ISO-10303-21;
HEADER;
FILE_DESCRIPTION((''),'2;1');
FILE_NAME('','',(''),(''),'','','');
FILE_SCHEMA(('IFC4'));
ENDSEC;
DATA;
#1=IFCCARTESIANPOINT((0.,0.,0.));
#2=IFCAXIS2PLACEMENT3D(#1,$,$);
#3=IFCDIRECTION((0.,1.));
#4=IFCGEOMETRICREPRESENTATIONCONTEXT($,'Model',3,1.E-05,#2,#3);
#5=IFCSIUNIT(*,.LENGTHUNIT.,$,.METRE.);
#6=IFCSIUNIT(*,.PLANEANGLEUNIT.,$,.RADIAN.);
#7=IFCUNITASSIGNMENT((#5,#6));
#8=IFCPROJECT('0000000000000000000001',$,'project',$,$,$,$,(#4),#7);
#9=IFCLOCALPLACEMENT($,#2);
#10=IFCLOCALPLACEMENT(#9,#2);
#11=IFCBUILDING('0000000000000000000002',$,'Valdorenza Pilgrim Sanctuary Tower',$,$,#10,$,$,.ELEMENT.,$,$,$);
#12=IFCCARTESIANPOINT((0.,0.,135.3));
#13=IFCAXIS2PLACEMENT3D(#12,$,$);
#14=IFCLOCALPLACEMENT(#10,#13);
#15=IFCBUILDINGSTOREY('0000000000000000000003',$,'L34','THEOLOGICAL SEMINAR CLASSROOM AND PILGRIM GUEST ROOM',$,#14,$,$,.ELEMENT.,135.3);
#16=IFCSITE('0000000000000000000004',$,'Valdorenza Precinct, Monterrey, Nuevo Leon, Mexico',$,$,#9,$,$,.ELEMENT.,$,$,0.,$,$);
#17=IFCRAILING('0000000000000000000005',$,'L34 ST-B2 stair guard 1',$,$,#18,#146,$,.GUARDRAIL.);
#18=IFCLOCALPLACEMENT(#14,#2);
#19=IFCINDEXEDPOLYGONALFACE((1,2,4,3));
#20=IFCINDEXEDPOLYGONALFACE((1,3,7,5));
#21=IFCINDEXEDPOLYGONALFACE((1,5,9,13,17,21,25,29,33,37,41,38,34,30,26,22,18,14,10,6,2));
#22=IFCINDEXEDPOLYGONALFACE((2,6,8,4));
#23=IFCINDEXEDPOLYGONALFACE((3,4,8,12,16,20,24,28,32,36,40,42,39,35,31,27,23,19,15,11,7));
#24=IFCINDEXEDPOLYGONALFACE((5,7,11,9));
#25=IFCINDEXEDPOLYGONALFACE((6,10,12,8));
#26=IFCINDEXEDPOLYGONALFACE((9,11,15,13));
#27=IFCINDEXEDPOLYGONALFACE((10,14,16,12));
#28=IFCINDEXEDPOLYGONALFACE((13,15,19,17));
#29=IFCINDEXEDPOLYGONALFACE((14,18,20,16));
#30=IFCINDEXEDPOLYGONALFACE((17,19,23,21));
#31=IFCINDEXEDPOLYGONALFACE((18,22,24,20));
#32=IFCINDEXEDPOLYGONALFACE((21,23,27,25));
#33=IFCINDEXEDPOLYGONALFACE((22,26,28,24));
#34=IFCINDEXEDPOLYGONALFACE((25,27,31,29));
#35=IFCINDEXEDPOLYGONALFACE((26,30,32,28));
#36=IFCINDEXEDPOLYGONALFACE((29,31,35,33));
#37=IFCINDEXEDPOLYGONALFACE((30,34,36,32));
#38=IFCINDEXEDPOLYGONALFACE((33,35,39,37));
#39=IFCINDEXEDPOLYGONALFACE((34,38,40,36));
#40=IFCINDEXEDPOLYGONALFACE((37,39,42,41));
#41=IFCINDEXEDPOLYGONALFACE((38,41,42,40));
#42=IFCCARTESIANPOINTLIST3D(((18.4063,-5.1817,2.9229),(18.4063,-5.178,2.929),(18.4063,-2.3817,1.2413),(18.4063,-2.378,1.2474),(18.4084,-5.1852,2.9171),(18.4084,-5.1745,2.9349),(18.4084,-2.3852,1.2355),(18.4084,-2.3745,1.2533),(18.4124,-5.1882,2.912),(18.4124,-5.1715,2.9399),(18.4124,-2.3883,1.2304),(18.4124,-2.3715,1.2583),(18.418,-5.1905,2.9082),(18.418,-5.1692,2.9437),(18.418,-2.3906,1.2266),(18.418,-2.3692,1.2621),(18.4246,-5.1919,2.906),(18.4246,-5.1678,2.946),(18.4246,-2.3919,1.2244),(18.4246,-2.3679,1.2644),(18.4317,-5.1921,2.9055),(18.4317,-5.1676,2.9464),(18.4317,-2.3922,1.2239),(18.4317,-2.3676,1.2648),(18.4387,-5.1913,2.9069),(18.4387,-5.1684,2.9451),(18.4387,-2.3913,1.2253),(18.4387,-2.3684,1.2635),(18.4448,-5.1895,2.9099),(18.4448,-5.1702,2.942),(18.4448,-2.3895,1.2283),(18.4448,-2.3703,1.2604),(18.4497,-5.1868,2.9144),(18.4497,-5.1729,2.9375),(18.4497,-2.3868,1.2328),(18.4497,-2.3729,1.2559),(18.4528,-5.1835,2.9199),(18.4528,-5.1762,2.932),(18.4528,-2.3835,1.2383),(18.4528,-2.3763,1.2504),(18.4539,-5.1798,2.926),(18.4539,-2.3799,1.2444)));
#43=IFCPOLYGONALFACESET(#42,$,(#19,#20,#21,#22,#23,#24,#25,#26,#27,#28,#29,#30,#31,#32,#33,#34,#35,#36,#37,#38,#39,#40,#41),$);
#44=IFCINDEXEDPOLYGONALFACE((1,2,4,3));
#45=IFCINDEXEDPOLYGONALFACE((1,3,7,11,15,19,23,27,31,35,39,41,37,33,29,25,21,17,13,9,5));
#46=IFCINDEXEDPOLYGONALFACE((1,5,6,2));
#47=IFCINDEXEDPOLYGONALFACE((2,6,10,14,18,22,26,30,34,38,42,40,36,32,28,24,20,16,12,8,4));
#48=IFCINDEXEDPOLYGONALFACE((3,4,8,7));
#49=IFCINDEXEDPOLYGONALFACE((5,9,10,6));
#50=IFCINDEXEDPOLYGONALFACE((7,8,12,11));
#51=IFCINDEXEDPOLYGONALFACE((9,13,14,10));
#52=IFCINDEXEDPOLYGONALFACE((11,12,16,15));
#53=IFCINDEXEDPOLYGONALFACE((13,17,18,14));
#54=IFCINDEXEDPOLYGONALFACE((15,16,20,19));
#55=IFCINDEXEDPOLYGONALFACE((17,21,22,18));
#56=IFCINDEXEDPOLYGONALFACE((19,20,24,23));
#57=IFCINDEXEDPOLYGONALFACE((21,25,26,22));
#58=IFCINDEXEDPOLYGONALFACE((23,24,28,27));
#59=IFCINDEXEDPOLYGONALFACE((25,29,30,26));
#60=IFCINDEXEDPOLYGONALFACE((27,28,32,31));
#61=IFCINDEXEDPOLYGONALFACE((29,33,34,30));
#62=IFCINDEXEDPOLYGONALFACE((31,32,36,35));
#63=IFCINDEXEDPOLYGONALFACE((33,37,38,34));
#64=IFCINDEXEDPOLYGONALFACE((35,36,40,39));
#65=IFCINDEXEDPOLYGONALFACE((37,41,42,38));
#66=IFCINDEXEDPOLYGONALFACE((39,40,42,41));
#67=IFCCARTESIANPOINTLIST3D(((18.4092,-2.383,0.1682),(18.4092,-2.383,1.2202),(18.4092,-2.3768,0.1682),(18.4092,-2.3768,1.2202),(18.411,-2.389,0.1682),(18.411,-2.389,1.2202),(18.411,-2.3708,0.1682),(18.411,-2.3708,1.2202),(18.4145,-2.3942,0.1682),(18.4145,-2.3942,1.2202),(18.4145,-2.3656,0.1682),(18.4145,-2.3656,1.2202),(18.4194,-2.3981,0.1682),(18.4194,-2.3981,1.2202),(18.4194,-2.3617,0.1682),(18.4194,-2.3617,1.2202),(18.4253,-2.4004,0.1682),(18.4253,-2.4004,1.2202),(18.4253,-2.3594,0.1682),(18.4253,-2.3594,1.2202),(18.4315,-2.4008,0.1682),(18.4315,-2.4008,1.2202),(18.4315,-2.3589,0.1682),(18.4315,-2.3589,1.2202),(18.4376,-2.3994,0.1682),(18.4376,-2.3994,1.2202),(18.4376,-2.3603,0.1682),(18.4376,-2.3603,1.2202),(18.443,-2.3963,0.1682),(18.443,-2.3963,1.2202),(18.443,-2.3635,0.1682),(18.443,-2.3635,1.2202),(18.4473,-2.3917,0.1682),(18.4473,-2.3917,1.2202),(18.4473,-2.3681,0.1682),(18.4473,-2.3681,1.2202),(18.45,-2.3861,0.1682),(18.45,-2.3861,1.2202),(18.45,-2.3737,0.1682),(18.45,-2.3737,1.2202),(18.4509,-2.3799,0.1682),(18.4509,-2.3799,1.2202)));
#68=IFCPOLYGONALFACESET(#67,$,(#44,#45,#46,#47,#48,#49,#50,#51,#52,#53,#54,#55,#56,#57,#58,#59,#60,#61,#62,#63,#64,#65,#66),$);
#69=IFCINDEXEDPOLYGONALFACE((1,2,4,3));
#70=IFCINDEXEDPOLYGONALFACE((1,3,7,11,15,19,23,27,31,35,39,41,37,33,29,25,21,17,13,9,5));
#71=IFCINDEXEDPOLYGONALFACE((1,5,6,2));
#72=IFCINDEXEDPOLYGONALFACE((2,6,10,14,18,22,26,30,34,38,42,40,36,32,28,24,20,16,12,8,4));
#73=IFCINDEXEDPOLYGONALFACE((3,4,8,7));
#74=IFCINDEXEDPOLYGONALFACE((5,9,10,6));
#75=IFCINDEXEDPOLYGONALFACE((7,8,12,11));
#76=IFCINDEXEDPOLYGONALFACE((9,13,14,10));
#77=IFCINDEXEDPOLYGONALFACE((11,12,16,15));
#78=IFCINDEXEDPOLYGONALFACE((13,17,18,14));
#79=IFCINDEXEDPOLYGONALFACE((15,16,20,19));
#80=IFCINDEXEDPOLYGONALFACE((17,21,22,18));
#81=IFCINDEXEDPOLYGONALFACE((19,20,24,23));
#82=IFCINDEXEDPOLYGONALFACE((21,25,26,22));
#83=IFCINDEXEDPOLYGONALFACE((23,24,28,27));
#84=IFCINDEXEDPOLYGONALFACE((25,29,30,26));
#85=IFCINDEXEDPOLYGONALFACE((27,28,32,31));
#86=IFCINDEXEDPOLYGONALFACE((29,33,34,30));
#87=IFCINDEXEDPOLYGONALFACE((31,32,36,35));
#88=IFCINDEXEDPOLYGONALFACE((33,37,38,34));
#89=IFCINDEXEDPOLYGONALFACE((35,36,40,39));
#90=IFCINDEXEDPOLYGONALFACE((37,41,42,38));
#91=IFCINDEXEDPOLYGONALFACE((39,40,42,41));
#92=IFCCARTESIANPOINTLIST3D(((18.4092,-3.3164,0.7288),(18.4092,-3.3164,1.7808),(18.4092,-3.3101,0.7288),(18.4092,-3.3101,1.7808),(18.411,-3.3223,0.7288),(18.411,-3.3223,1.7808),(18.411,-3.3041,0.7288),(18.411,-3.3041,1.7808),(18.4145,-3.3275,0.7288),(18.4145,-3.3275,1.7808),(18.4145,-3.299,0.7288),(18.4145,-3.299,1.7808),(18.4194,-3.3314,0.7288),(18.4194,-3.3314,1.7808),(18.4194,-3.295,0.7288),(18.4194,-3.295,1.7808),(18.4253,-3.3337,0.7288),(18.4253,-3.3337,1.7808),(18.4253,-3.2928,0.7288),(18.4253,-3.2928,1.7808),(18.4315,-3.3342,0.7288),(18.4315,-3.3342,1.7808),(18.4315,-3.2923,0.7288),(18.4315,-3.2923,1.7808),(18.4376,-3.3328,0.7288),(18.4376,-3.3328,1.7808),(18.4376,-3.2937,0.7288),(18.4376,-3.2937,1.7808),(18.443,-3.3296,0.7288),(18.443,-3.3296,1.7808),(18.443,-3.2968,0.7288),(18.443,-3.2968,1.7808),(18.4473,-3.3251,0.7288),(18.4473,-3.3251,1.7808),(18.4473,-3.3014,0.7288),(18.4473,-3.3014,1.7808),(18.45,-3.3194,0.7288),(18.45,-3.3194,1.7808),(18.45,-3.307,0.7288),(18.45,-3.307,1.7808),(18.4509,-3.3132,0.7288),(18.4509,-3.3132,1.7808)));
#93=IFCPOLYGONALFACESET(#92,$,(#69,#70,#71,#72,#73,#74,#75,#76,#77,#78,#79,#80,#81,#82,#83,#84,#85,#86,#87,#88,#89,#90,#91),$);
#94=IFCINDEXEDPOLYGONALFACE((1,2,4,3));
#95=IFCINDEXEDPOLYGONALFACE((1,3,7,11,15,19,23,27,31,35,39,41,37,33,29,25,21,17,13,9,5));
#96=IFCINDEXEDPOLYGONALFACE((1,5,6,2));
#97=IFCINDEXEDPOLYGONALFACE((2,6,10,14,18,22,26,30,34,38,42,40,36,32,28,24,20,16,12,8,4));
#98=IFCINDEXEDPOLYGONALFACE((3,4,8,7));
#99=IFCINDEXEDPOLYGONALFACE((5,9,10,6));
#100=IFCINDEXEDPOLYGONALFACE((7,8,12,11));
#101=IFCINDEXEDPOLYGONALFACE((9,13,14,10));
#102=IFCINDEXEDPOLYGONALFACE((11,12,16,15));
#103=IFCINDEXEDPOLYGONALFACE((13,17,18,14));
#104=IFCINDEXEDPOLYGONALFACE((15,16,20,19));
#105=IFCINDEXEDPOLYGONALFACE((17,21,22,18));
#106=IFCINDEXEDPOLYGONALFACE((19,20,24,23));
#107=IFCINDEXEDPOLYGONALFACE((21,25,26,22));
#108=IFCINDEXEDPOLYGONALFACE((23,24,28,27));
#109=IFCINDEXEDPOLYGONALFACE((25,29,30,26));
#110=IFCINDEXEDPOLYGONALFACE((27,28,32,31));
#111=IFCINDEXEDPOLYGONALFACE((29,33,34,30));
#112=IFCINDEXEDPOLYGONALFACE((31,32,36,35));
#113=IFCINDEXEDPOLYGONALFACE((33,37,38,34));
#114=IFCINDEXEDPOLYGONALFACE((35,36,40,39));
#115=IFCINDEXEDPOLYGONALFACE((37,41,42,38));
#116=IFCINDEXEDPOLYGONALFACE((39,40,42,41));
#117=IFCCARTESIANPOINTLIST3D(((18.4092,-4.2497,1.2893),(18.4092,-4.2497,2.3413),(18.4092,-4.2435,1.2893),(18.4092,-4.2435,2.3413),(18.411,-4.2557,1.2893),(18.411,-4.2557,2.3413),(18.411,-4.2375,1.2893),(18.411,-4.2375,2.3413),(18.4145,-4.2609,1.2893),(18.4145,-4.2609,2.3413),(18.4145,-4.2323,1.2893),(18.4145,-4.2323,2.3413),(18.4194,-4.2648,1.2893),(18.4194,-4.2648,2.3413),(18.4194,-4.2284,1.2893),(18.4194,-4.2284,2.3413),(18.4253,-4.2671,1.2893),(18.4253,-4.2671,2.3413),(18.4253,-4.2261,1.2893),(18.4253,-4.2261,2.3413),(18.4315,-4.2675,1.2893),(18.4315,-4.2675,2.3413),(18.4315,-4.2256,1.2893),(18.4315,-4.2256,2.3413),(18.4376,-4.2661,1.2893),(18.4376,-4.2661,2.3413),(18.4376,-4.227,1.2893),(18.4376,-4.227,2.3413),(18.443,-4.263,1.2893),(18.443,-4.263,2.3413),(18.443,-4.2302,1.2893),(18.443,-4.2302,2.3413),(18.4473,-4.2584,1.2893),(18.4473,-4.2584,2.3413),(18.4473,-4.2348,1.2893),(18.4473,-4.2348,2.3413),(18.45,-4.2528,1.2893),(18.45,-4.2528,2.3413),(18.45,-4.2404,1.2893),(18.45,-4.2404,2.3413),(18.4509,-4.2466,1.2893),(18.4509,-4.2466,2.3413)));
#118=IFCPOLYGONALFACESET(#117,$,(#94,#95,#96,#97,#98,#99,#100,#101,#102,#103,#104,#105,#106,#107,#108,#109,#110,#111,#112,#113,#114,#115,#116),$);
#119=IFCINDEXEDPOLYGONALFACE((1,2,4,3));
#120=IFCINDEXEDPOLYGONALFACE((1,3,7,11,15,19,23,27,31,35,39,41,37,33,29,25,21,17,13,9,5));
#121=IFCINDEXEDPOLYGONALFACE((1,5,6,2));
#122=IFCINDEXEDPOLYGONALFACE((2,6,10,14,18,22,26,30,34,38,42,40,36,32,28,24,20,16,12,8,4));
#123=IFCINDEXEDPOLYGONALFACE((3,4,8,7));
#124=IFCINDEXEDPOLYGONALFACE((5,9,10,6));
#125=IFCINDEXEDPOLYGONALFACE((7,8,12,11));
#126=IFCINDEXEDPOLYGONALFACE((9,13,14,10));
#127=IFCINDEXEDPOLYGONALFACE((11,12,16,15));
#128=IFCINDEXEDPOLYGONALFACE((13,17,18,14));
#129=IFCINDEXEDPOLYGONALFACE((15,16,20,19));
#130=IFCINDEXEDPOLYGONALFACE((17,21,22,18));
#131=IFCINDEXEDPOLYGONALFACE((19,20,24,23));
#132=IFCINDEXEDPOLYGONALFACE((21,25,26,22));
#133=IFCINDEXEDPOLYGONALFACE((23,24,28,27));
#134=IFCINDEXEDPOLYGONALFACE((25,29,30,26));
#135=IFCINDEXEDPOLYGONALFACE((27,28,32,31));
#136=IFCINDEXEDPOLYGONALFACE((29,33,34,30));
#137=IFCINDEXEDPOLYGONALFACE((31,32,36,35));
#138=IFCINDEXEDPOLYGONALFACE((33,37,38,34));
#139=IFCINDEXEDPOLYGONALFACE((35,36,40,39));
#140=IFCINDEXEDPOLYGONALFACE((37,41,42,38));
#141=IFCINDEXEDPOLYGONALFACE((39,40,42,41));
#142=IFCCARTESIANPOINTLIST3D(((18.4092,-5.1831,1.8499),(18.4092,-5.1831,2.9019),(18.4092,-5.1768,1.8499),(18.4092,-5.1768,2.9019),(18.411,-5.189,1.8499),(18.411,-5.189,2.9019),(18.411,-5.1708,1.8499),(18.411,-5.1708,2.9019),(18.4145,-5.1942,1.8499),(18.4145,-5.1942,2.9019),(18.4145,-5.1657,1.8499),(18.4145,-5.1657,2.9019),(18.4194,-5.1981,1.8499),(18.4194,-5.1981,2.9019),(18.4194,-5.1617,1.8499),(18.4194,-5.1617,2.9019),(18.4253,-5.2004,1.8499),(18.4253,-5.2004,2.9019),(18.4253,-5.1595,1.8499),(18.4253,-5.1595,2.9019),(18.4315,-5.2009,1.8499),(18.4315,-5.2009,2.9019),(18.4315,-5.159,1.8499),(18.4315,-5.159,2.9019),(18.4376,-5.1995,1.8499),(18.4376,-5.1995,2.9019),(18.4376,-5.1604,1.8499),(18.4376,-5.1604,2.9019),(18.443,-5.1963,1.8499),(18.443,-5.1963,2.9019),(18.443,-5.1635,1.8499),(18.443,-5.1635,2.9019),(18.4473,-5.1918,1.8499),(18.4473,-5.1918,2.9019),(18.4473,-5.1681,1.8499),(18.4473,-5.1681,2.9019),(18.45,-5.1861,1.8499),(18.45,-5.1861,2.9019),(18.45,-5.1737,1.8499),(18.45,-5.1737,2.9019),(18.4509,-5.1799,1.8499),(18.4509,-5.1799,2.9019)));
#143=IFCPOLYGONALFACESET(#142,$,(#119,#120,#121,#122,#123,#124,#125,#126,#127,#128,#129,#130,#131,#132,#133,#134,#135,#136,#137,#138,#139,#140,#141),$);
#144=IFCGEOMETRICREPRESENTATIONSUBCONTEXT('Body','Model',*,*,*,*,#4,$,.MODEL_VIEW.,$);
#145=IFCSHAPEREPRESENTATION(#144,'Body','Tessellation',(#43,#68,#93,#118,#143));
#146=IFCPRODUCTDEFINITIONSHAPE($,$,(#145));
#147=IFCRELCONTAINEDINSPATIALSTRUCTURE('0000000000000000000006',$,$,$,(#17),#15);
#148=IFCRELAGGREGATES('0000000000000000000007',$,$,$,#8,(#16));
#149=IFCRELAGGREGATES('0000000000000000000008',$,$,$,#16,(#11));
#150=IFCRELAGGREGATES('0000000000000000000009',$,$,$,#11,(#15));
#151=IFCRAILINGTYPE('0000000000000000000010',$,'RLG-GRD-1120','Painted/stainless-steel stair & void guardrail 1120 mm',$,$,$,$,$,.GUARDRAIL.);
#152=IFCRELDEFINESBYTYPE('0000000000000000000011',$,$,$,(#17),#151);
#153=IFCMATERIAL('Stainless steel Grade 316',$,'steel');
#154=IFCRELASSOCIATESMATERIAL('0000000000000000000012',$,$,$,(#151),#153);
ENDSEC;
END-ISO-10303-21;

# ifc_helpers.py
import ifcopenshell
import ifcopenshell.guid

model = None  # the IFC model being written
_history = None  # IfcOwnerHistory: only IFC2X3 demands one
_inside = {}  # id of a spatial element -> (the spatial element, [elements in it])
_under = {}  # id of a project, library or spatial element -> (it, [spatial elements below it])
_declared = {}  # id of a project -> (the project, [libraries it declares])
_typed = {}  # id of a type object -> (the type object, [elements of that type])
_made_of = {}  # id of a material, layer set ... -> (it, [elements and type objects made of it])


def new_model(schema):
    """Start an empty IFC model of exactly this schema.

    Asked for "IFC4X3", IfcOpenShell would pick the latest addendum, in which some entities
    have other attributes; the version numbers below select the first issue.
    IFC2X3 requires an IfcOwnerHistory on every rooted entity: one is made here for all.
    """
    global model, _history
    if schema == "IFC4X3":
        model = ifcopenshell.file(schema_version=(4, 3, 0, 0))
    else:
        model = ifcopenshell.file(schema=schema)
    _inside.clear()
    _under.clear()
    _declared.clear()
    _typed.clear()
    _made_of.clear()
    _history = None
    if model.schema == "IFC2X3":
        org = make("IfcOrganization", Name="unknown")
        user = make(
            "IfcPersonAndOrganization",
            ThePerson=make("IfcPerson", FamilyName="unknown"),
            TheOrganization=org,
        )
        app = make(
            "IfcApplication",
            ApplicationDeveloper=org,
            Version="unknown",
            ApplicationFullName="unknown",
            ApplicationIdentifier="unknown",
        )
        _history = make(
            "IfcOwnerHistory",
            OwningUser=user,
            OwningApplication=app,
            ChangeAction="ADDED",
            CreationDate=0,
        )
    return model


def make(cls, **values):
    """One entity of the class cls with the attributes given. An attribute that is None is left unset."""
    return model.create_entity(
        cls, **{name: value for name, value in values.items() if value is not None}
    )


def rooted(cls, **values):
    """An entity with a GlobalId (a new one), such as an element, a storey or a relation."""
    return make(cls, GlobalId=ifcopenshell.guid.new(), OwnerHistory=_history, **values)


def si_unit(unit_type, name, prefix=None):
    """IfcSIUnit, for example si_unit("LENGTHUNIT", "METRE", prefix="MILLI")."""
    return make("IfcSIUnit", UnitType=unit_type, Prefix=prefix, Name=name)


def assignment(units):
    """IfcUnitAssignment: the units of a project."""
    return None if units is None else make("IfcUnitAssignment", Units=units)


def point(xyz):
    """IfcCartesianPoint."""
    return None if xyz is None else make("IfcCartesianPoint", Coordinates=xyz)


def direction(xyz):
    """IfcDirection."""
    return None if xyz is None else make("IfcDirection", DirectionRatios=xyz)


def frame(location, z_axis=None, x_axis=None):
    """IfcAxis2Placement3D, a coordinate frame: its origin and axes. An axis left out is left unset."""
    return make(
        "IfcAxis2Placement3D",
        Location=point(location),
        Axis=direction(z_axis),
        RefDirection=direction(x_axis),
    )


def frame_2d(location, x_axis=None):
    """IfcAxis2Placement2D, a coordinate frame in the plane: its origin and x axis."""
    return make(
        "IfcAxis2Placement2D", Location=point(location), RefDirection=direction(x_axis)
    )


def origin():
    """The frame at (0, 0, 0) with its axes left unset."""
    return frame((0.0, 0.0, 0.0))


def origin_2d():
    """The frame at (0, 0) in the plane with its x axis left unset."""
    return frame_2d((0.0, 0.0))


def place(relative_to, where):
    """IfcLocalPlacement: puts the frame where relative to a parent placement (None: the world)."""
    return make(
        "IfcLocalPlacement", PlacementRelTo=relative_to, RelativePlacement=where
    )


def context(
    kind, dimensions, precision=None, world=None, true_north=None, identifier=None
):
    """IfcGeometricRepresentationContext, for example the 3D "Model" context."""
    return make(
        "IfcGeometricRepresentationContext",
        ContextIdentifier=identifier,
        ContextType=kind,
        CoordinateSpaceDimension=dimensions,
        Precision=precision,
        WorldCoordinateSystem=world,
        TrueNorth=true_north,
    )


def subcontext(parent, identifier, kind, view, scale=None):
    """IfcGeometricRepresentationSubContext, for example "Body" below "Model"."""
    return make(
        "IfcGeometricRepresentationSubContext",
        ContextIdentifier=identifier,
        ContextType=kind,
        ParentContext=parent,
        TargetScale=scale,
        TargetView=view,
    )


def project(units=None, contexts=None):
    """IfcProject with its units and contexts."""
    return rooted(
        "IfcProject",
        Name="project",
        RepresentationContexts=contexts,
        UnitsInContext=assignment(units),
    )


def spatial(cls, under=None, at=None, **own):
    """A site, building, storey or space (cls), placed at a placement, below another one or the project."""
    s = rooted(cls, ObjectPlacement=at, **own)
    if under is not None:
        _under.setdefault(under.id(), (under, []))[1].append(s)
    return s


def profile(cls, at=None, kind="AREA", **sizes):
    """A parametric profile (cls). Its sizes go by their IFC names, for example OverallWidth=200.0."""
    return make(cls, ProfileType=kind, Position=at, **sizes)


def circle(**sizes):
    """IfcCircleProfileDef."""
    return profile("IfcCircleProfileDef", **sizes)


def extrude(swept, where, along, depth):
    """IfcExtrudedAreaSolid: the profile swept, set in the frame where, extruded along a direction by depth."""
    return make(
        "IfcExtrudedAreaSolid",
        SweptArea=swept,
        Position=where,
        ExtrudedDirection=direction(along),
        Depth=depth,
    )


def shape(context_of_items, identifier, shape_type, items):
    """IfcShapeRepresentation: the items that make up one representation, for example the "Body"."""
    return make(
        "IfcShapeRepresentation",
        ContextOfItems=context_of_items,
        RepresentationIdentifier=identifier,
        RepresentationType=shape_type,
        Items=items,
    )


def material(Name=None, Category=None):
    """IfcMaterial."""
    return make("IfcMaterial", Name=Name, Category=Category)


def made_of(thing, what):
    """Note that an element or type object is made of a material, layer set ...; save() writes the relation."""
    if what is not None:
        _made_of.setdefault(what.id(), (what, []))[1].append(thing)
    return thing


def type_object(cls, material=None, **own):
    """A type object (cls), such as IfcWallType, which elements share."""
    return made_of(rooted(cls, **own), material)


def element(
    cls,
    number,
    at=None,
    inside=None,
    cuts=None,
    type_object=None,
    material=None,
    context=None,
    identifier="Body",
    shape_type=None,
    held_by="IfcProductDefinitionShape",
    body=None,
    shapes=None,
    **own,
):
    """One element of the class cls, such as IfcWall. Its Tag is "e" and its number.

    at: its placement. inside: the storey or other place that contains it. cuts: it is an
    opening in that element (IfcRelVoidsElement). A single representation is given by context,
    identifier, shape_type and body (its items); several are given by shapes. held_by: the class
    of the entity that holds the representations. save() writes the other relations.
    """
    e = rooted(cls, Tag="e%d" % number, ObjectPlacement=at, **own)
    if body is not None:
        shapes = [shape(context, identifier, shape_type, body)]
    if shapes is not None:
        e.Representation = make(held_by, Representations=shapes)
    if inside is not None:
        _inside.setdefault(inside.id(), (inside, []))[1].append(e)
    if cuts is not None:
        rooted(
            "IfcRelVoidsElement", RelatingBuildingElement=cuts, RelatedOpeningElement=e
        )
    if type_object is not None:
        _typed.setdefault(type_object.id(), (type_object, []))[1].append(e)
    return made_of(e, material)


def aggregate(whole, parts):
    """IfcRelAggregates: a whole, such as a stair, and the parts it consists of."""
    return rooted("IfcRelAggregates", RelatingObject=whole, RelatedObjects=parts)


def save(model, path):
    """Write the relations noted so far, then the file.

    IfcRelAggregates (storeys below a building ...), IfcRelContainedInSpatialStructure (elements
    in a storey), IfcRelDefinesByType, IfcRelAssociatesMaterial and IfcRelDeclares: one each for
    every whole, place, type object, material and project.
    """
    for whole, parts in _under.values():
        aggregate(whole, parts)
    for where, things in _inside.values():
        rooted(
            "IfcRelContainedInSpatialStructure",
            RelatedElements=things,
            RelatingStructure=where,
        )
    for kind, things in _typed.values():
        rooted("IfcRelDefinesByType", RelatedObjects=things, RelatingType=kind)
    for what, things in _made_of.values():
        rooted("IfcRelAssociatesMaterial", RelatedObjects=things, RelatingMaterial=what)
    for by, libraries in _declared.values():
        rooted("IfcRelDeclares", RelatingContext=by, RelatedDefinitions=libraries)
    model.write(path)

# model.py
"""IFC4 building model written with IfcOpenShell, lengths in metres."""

from ifc_helpers import new_model, si_unit, direction, frame, origin, origin_2d, place, context, subcontext, project, spatial, circle, extrude, material, type_object, element, save


model = new_model("IFC4")

# Units and contexts
model_context = context("Model", 3, precision=1e-05, world=origin(), true_north=direction((0.0, 1.0)))
body_context = subcontext(model_context, "Body", "Model", "MODEL_VIEW")
ifc_project = project(units=[si_unit("LENGTHUNIT", "METRE"), si_unit("PLANEANGLEUNIT", "RADIAN")], contexts=[model_context])

# Site, building, storey
site_placement = place(None, origin())
site = spatial("IfcSite", under=ifc_project, at=site_placement, Name="Valdorenza Precinct, Monterrey, Nuevo Leon, Mexico", CompositionType="ELEMENT", RefElevation=0.0)
building_placement = place(site_placement, origin())
building = spatial("IfcBuilding", under=site, at=building_placement, Name="Valdorenza Pilgrim Sanctuary Tower", CompositionType="ELEMENT")
storey_placement = place(building_placement, frame((0.0, 0.0, 135.3)))
storey = spatial("IfcBuildingStorey", under=building, at=storey_placement, Name="L34", Description="THEOLOGICAL SEMINAR CLASSROOM AND PILGRIM GUEST ROOM", CompositionType="ELEMENT", Elevation=135.3)

# Railing
ifc_material_1 = material(Name="Stainless steel Grade 316", Category="steel")
railing_type_1 = type_object("IfcRailingType", Name="RLG-GRD-1120", Description="Painted/stainless-steel stair & void guardrail 1120 mm", PredefinedType="GUARDRAIL", material=ifc_material_1)
railing_1_placement = place(storey_placement, frame((18.4299, -2.3799, 0.1682)))
element("IfcRailing", 1, at=railing_1_placement, inside=storey, type_object=railing_type_1, Name="L34 ST-B2 stair guard 1", PredefinedType="GUARDRAIL", context=body_context, shape_type="SweptSolid", body=[
    extrude(circle(Radius=0.0239, at=origin_2d()), frame((0.0, 0.0, 1.0762), z_axis=(0.0, -0.857275, 0.514858), x_axis=(1.0, 0.0, 0.0)), (0.0, 0.0, 1.0), 3.2661),
    extrude(circle(Radius=0.021, at=origin_2d()), origin(), (0.0, 0.0, 1.0), 1.052),
    extrude(circle(Radius=0.021, at=origin_2d()), frame((0.0, -0.9333, 0.5605)), (0.0, 0.0, 1.0), 1.052),
    extrude(circle(Radius=0.021, at=origin_2d()), frame((0.0, -1.8667, 1.1211)), (0.0, 0.0, 1.0), 1.052),
    extrude(circle(Radius=0.021, at=origin_2d()), frame((0.0, -2.8, 1.6816)), (0.0, 0.0, 1.0), 1.052),
])

save(model, "model.ifc")
